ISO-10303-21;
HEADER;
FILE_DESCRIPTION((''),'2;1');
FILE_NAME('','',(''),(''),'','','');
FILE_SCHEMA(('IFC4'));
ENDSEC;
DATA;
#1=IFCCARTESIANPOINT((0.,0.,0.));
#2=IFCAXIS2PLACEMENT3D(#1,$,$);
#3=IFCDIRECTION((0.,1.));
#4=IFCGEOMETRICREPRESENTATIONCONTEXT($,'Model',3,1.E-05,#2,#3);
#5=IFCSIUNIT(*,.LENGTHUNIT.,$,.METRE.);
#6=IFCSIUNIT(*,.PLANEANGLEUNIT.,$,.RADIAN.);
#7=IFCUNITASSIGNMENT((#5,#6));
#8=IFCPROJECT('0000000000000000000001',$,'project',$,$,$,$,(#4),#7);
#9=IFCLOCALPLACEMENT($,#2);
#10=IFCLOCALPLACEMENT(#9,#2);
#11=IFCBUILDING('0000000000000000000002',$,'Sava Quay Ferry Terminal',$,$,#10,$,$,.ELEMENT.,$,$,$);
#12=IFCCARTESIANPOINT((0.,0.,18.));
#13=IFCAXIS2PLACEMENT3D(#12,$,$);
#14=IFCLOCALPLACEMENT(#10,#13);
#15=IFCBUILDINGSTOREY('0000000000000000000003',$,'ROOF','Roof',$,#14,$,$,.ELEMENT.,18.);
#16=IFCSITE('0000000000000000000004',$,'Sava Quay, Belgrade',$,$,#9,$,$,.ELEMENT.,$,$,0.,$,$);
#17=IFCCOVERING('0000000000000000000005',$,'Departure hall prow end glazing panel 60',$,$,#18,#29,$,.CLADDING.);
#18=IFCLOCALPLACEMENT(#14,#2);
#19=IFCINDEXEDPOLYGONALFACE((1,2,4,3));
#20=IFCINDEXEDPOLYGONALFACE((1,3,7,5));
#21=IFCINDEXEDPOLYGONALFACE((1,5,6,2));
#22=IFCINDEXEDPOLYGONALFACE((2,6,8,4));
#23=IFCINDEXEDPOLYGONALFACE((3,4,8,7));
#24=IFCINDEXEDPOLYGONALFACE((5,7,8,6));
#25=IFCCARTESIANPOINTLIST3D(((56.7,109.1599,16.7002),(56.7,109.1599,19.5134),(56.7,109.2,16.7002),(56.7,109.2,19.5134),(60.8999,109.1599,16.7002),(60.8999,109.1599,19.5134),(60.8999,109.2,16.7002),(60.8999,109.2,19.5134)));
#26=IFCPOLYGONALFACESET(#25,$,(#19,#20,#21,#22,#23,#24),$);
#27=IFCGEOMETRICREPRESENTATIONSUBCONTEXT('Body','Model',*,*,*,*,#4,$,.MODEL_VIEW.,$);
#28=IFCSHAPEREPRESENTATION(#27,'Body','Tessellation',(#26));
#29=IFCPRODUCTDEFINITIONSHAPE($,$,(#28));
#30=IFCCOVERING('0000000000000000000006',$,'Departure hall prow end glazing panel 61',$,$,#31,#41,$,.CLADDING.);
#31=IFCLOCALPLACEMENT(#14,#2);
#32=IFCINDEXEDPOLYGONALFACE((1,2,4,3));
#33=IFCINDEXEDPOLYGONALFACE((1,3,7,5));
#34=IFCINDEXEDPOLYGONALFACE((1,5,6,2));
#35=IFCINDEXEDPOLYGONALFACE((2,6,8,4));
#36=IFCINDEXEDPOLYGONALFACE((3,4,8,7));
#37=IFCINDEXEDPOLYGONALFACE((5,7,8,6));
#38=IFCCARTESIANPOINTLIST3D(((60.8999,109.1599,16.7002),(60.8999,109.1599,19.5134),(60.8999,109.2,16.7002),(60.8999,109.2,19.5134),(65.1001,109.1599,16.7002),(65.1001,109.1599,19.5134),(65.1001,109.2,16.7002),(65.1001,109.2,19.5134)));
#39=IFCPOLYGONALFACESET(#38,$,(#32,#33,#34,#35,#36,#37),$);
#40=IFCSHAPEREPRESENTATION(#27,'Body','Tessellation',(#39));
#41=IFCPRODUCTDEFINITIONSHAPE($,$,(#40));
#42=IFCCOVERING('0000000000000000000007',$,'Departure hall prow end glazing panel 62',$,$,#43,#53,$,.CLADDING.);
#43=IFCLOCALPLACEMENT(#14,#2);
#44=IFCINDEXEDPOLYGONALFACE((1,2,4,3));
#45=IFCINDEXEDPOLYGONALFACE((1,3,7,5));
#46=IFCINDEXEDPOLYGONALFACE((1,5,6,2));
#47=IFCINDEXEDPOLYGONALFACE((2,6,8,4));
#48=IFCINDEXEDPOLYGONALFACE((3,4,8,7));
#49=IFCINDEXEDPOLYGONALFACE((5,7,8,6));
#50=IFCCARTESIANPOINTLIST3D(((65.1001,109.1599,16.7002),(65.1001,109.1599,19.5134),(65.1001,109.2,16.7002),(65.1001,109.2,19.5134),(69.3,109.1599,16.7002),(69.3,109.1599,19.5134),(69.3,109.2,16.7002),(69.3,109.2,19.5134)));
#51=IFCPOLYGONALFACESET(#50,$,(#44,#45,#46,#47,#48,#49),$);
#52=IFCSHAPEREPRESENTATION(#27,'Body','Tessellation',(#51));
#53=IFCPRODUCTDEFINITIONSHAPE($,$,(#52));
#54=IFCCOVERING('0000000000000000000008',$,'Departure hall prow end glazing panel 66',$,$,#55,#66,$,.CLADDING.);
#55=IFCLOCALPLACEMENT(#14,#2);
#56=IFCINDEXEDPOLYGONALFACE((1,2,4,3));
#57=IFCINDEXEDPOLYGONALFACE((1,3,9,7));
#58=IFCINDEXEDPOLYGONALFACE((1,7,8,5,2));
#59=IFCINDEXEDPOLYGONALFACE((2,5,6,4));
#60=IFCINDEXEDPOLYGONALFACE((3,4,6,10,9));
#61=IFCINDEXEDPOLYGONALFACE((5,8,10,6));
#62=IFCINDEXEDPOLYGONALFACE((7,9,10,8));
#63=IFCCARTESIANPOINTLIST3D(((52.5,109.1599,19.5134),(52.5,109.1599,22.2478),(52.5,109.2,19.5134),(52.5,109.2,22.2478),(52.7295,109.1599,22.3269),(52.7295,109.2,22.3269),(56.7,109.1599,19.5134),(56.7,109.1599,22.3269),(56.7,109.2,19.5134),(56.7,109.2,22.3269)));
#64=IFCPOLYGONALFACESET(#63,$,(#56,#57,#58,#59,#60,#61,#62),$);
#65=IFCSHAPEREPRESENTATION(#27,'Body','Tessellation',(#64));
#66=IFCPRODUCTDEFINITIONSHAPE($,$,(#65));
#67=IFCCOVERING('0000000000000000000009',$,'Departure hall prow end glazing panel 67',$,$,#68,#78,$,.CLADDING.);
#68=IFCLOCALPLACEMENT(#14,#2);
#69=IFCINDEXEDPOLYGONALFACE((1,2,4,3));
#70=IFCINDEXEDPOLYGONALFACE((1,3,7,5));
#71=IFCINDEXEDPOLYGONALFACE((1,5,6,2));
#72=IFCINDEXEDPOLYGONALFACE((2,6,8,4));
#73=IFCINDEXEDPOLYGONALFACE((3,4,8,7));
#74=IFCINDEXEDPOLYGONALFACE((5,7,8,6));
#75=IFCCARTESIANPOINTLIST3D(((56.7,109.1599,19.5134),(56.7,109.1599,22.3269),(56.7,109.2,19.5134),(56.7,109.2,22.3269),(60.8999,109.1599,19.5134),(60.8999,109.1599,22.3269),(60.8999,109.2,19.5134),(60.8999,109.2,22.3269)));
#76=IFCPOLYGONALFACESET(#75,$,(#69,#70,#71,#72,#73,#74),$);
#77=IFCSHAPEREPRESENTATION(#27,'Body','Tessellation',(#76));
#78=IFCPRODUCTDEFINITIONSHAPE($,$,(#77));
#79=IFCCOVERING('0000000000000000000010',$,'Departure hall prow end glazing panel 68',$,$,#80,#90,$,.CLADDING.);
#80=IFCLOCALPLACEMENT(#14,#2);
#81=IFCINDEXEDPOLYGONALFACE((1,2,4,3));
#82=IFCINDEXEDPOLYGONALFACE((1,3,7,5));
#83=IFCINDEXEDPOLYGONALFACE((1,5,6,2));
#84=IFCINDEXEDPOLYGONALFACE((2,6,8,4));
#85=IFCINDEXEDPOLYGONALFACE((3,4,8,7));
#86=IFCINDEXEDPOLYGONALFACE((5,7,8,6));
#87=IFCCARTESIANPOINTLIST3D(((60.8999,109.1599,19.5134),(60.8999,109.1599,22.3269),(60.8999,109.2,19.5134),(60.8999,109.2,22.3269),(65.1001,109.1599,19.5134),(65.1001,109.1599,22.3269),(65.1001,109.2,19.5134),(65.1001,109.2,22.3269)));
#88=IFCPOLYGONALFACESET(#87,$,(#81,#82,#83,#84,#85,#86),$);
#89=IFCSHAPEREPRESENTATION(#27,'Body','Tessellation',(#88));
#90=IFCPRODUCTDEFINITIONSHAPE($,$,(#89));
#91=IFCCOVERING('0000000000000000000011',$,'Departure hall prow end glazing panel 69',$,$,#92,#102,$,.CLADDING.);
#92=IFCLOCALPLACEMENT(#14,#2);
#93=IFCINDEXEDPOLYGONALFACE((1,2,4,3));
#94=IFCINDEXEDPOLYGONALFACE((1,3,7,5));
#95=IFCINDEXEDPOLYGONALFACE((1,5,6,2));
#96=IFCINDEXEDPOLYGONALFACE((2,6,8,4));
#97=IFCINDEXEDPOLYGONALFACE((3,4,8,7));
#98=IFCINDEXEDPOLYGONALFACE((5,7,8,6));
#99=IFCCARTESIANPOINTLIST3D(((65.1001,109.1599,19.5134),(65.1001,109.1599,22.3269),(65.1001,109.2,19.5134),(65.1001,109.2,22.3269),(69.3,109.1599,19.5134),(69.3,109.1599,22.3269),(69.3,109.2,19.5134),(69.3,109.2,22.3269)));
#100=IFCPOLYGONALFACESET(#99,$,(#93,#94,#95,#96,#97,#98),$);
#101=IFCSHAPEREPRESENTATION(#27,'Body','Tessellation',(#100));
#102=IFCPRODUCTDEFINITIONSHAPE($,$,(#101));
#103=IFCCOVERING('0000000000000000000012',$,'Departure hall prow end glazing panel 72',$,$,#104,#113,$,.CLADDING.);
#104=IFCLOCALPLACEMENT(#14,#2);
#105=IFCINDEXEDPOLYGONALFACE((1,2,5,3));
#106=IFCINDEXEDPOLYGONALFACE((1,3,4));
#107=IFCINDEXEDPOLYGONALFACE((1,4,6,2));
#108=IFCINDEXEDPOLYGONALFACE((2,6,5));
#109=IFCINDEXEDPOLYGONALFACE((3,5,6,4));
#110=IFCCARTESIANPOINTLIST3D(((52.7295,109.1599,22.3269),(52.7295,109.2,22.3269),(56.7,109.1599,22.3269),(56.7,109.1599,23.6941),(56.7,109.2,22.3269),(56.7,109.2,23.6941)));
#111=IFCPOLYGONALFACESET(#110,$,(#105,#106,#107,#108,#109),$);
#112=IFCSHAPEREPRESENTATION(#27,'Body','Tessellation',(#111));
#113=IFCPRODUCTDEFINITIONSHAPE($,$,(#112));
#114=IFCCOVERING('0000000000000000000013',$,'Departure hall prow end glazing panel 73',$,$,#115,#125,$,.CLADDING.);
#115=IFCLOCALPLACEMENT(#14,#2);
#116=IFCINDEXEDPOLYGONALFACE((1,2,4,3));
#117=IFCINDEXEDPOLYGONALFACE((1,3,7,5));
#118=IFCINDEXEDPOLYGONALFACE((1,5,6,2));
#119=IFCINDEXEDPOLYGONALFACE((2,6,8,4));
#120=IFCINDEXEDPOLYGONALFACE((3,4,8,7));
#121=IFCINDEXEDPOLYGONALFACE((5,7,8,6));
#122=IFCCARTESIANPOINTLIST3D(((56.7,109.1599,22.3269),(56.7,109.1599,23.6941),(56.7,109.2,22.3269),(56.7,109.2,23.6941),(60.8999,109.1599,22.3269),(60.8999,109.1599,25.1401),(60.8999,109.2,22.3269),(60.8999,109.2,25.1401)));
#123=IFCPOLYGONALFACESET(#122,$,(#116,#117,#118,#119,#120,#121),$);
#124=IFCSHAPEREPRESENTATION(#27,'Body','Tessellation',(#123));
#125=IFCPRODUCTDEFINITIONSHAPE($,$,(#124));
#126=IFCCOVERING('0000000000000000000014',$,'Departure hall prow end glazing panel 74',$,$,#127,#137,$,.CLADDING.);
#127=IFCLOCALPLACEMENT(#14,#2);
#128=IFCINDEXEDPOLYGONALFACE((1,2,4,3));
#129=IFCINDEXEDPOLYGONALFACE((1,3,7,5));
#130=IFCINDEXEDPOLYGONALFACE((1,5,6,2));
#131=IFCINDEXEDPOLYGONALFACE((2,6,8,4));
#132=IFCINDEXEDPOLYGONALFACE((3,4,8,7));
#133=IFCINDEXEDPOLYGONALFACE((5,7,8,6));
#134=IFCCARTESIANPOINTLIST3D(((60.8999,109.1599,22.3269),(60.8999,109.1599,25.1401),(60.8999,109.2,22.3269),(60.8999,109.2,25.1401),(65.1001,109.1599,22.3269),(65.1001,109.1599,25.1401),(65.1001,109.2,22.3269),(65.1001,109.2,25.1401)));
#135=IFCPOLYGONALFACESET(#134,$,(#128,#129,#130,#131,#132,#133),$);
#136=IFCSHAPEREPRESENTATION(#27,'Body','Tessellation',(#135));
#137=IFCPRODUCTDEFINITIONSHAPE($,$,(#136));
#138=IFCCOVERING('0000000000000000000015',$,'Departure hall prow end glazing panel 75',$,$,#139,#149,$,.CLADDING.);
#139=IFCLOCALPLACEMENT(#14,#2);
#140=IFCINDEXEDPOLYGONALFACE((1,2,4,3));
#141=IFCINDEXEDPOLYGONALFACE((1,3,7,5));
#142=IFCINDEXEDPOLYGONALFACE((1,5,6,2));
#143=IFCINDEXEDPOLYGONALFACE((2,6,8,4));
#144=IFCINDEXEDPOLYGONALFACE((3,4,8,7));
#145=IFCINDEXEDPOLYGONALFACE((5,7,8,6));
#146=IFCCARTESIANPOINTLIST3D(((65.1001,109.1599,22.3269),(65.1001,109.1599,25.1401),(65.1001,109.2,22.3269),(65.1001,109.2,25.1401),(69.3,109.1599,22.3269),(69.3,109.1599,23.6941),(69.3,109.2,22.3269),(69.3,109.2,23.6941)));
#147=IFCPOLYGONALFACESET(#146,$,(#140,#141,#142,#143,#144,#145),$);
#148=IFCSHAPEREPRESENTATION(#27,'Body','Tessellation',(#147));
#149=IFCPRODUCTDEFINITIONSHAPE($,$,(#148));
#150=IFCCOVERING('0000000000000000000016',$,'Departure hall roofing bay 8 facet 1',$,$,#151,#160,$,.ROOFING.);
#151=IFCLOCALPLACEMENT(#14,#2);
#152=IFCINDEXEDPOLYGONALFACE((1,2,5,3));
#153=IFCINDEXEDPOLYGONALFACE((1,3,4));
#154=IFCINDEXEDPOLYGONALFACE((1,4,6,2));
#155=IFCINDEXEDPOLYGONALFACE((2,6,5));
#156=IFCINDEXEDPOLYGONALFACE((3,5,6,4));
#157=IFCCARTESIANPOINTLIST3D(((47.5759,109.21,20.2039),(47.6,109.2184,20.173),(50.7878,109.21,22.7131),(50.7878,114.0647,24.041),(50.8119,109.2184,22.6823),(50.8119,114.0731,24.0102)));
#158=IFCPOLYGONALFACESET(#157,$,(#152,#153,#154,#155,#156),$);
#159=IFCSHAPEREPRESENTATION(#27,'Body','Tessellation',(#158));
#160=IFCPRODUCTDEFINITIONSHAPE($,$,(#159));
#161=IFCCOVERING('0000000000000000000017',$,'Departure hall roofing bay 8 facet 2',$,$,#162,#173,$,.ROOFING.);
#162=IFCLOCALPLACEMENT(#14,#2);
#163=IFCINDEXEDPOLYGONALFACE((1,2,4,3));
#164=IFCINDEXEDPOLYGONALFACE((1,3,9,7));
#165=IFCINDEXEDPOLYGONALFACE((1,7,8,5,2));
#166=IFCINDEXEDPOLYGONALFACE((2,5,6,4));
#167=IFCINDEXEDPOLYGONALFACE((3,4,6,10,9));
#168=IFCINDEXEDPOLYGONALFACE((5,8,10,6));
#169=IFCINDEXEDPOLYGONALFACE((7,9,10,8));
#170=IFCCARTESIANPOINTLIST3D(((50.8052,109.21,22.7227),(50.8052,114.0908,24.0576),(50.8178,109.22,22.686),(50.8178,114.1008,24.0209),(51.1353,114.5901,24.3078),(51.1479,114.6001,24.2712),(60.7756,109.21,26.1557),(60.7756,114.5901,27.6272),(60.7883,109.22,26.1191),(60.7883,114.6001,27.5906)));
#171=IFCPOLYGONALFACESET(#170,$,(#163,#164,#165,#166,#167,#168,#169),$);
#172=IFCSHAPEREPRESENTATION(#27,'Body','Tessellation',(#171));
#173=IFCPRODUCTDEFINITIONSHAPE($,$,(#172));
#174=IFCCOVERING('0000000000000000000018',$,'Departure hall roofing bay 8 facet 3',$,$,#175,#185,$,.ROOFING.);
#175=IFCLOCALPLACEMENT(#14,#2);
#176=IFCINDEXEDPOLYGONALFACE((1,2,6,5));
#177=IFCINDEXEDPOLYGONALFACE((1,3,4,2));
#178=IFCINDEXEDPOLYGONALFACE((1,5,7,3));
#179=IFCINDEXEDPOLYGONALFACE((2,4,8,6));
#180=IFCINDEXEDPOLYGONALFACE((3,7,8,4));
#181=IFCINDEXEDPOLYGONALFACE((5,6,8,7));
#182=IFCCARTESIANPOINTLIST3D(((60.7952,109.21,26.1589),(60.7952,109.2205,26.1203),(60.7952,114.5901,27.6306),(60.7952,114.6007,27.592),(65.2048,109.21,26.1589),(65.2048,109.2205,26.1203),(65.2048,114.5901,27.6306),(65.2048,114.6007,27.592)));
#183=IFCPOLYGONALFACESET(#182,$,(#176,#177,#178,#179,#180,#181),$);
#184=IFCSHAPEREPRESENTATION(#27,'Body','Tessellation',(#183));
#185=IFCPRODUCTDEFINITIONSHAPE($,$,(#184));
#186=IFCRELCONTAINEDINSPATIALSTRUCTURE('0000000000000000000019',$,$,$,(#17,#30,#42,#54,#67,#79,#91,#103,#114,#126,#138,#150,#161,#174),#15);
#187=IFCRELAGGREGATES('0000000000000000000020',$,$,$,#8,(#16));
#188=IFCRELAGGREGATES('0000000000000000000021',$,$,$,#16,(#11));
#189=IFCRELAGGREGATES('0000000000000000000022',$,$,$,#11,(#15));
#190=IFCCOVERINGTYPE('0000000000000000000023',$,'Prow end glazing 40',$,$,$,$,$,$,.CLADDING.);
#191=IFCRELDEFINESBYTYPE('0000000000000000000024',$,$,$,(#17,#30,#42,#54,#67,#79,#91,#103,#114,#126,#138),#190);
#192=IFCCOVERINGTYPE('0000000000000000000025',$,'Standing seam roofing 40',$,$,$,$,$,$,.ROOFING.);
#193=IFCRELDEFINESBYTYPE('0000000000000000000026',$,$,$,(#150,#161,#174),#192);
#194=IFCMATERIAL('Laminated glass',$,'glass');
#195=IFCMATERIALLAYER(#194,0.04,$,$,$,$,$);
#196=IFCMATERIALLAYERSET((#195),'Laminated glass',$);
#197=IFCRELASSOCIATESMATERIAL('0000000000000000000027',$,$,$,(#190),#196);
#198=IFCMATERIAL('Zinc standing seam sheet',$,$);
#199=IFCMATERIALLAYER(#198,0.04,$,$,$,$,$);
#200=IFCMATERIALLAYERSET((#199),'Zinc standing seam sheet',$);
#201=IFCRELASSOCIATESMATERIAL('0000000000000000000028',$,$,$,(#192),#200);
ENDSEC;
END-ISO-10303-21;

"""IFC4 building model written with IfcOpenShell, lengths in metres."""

from ifc_helpers import new_model, si_unit, direction, frame, origin, place, context, subcontext, project, spatial, polyline, outline, extrude, material, layer, layer_set, type_object, element, save


model = new_model("IFC4")

# Units and contexts
model_context = context("Model", 3, precision=1e-05, world=origin(), true_north=direction((0.0, 1.0)))
body_context = subcontext(model_context, "Body", "Model", "MODEL_VIEW")
ifc_project = project(units=[si_unit("LENGTHUNIT", "METRE"), si_unit("PLANEANGLEUNIT", "RADIAN")], contexts=[model_context])

# Site, building, storey
site_placement = place(None, origin())
site = spatial("IfcSite", under=ifc_project, at=site_placement, Name="Sava Quay, Belgrade", CompositionType="ELEMENT", RefElevation=0.0)
building_placement = place(site_placement, origin())
building = spatial("IfcBuilding", under=site, at=building_placement, Name="Sava Quay Ferry Terminal", CompositionType="ELEMENT")
storey_placement = place(building_placement, frame((0.0, 0.0, 18.0)))
storey = spatial("IfcBuildingStorey", under=building, at=storey_placement, Name="ROOF", Description="Roof", CompositionType="ELEMENT", Elevation=18.0)

# Coverings
ifc_material_1 = material(Name="Laminated glass", Category="glass")
ifc_layer_1 = layer(ifc_material_1, 0.04)
ifc_layer_set_1 = layer_set([ifc_layer_1], Name="Laminated glass")
covering_type_1 = type_object("IfcCoveringType", Name="Prow end glazing 40", PredefinedType="CLADDING", material=ifc_layer_set_1)
for number, where, z_axis, x_axis, name in (
    (1, (56.7, 109.2, 16.7002), (0.0, 1.0, 0.0), (0.0, 0.0, 1.0), "Departure hall prow end glazing panel 60"),
):
    element("IfcCovering", number, at=place(storey_placement, frame(where, z_axis=z_axis, x_axis=x_axis)), inside=storey, type_object=covering_type_1, Name=name, PredefinedType="CLADDING", context=body_context, shape_type="SweptSolid", body=[
        extrude(outline(polyline([(0.0, 0.0), (2.8132, 0.0), (2.8132, 4.2), (0.0, 4.2), (0.0, 0.0)])), origin(), (0.0, 0.0, -1.0), 0.04),
    ])
covering_1_placement = place(storey_placement, frame((60.8999, 109.2, 16.7002), z_axis=(0.0, 1.0, 0.0), x_axis=(0.0, 0.0, 1.0)))
element("IfcCovering", 2, at=covering_1_placement, inside=storey, type_object=covering_type_1, Name="Departure hall prow end glazing panel 61", PredefinedType="CLADDING", context=body_context, shape_type="SweptSolid", body=[
    extrude(outline(polyline([(0.0, 0.0), (2.8132, 0.0), (2.8132, 4.2002), (0.0, 4.2002), (0.0, 0.0)])), origin(), (0.0, 0.0, -1.0), 0.04),
])
covering_2_placement = place(storey_placement, frame((65.1001, 109.2, 16.7002), z_axis=(0.0, 1.0, 0.0), x_axis=(0.0, 0.0, 1.0)))
element("IfcCovering", 3, at=covering_2_placement, inside=storey, type_object=covering_type_1, Name="Departure hall prow end glazing panel 62", PredefinedType="CLADDING", context=body_context, shape_type="SweptSolid", body=[
    extrude(outline(polyline([(0.0, 0.0), (2.8132, 0.0), (2.8132, 4.2), (0.0, 4.2), (0.0, 0.0)])), origin(), (0.0, 0.0, -1.0), 0.04),
])
covering_3_placement = place(storey_placement, frame((52.7295, 109.2, 22.3269), z_axis=(0.0, 1.0, 0.0), x_axis=(1.0, 0.0, 0.0)))
element("IfcCovering", 4, at=covering_3_placement, inside=storey, type_object=covering_type_1, Name="Departure hall prow end glazing panel 66", PredefinedType="CLADDING", context=body_context, shape_type="SweptSolid", body=[
    extrude(outline(polyline([(0.0, 0.0), (3.9705, 0.0), (3.9705, 2.8135), (-0.2295, 2.8135), (-0.2295, 0.0791), (0.0, 0.0)])), origin(), (0.0, 0.0, -1.0), 0.04),
])
covering_4_placement = place(storey_placement, frame((56.7, 109.2, 19.5134), z_axis=(0.0, 1.0, 0.0), x_axis=(0.0, 0.0, 1.0)))
element("IfcCovering", 5, at=covering_4_placement, inside=storey, type_object=covering_type_1, Name="Departure hall prow end glazing panel 67", PredefinedType="CLADDING", context=body_context, shape_type="SweptSolid", body=[
    extrude(outline(polyline([(0.0, 0.0), (2.8135, 0.0), (2.8135, 4.2), (0.0, 4.2), (0.0, 0.0)])), origin(), (0.0, 0.0, -1.0), 0.04),
])
covering_5_placement = place(storey_placement, frame((60.8999, 109.2, 19.5134), z_axis=(0.0, 1.0, 0.0), x_axis=(0.0, 0.0, 1.0)))
element("IfcCovering", 6, at=covering_5_placement, inside=storey, type_object=covering_type_1, Name="Departure hall prow end glazing panel 68", PredefinedType="CLADDING", context=body_context, shape_type="SweptSolid", body=[
    extrude(outline(polyline([(0.0, 0.0), (2.8135, 0.0), (2.8135, 4.2002), (0.0, 4.2002), (0.0, 0.0)])), origin(), (0.0, 0.0, -1.0), 0.04),
])
covering_6_placement = place(storey_placement, frame((65.1001, 109.2, 19.5134), z_axis=(0.0, 1.0, 0.0), x_axis=(0.0, 0.0, 1.0)))
element("IfcCovering", 7, at=covering_6_placement, inside=storey, type_object=covering_type_1, Name="Departure hall prow end glazing panel 69", PredefinedType="CLADDING", context=body_context, shape_type="SweptSolid", body=[
    extrude(outline(polyline([(0.0, 0.0), (2.8135, 0.0), (2.8135, 4.2), (0.0, 4.2), (0.0, 0.0)])), origin(), (0.0, 0.0, -1.0), 0.04),
])
covering_7_placement = place(storey_placement, frame((56.7, 109.2, 23.6941), z_axis=(0.0, 1.0, 0.0), x_axis=(0.0, 0.0, -1.0)))
element("IfcCovering", 8, at=covering_7_placement, inside=storey, type_object=covering_type_1, Name="Departure hall prow end glazing panel 72", PredefinedType="CLADDING", context=body_context, shape_type="SweptSolid", body=[
    extrude(outline(polyline([(0.0, 0.0), (1.3672, 0.0), (1.3672, 3.9705), (0.0, 0.0)])), origin(), (0.0, 0.0, -1.0), 0.04),
])
covering_8_placement = place(storey_placement, frame((60.8999, 109.2, 25.1401), z_axis=(0.0, 1.0, 0.0), x_axis=(0.0, 0.0, -1.0)))
element("IfcCovering", 9, at=covering_8_placement, inside=storey, type_object=covering_type_1, Name="Departure hall prow end glazing panel 73", PredefinedType="CLADDING", context=body_context, shape_type="SweptSolid", body=[
    extrude(outline(polyline([(0.0, 0.0), (2.8132, 0.0), (2.8132, 4.2), (1.446, 4.2), (0.0, 0.0)])), origin(), (0.0, 0.0, -1.0), 0.04),
])
covering_9_placement = place(storey_placement, frame((60.8999, 109.2, 25.1401), z_axis=(0.0, 1.0, 0.0), x_axis=(1.0, 0.0, 0.0)))
element("IfcCovering", 10, at=covering_9_placement, inside=storey, type_object=covering_type_1, Name="Departure hall prow end glazing panel 74", PredefinedType="CLADDING", context=body_context, shape_type="SweptSolid", body=[
    extrude(outline(polyline([(0.0, 0.0), (4.2002, 0.0), (4.2002, 2.8132), (0.0, 2.8132), (0.0, 0.0), (0.0, 0.0)])), origin(), (0.0, 0.0, -1.0), 0.04),
])
covering_10_placement = place(storey_placement, frame((65.1001, 109.2, 25.1401), z_axis=(0.0, 1.0, 0.0), x_axis=(0.945526, 0.0, -0.325545)))
element("IfcCovering", 11, at=covering_10_placement, inside=storey, type_object=covering_type_1, Name="Departure hall prow end glazing panel 75", PredefinedType="CLADDING", context=body_context, shape_type="SweptSolid", body=[
    extrude(outline(polyline([(0.0, 0.0), (4.4419, 0.0), (4.887, 1.2927), (0.9158, 2.66), (0.0, 0.0), (0.0, 0.0)])), origin(), (0.0, 0.0, -1.0), 0.04),
])
ifc_material_2 = material(Name="Zinc standing seam sheet")
ifc_layer_2 = layer(ifc_material_2, 0.04)
ifc_layer_set_2 = layer_set([ifc_layer_2], Name="Zinc standing seam sheet")
covering_type_2 = type_object("IfcCoveringType", Name="Standing seam roofing 40", PredefinedType="ROOFING", material=ifc_layer_set_2)
covering_11_placement = place(storey_placement, frame((50.7878, 114.0647, 24.041), z_axis=(-0.601818, -0.210705, 0.770337), x_axis=(0.0, -0.964569, -0.263832)))
element("IfcCovering", 12, at=covering_11_placement, inside=storey, type_object=covering_type_2, Name="Departure hall roofing bay 8 facet 1", PredefinedType="ROOFING", context=body_context, shape_type="SweptSolid", body=[
    extrude(outline(polyline([(0.0, 0.0), (5.0331, 0.0), (5.6951, -4.0218), (0.0, 0.0)])), origin(), (0.0, 0.0, -1.0), 0.04),
])
covering_12_placement = place(storey_placement, frame((50.8052, 109.21, 22.7227), z_axis=(-0.315196, -0.250368, 0.915406), x_axis=(0.000001, 0.964573, 0.263816)))
element("IfcCovering", 13, at=covering_12_placement, inside=storey, type_object=covering_type_2, Name="Departure hall roofing bay 8 facet 2", PredefinedType="ROOFING", context=body_context, shape_type="SweptSolid", body=[
    extrude(outline(polyline([(0.0, 0.0), (5.0601, 0.0), (5.6077, -0.3478), (6.4834, -10.506), (0.9057, -10.506), (0.0, 0.0)])), origin(), (0.0, 0.0, -1.0), 0.04),
])
covering_13_placement = place(storey_placement, frame((60.7952, 109.21, 26.1589), z_axis=(0.0, -0.263847, 0.964565), x_axis=(0.0, 0.964565, 0.263847)))
element("IfcCovering", 14, at=covering_13_placement, inside=storey, type_object=covering_type_2, Name="Departure hall roofing bay 8 facet 3", PredefinedType="ROOFING", context=body_context, shape_type="SweptSolid", body=[
    extrude(outline(polyline([(0.0, 0.0), (5.5778, 0.0), (5.5778, -4.4097), (0.0, -4.4097), (0.0, 0.0)])), origin(), (0.0, 0.0, -1.0), 0.04),
])

save(model, "model.ifc")
